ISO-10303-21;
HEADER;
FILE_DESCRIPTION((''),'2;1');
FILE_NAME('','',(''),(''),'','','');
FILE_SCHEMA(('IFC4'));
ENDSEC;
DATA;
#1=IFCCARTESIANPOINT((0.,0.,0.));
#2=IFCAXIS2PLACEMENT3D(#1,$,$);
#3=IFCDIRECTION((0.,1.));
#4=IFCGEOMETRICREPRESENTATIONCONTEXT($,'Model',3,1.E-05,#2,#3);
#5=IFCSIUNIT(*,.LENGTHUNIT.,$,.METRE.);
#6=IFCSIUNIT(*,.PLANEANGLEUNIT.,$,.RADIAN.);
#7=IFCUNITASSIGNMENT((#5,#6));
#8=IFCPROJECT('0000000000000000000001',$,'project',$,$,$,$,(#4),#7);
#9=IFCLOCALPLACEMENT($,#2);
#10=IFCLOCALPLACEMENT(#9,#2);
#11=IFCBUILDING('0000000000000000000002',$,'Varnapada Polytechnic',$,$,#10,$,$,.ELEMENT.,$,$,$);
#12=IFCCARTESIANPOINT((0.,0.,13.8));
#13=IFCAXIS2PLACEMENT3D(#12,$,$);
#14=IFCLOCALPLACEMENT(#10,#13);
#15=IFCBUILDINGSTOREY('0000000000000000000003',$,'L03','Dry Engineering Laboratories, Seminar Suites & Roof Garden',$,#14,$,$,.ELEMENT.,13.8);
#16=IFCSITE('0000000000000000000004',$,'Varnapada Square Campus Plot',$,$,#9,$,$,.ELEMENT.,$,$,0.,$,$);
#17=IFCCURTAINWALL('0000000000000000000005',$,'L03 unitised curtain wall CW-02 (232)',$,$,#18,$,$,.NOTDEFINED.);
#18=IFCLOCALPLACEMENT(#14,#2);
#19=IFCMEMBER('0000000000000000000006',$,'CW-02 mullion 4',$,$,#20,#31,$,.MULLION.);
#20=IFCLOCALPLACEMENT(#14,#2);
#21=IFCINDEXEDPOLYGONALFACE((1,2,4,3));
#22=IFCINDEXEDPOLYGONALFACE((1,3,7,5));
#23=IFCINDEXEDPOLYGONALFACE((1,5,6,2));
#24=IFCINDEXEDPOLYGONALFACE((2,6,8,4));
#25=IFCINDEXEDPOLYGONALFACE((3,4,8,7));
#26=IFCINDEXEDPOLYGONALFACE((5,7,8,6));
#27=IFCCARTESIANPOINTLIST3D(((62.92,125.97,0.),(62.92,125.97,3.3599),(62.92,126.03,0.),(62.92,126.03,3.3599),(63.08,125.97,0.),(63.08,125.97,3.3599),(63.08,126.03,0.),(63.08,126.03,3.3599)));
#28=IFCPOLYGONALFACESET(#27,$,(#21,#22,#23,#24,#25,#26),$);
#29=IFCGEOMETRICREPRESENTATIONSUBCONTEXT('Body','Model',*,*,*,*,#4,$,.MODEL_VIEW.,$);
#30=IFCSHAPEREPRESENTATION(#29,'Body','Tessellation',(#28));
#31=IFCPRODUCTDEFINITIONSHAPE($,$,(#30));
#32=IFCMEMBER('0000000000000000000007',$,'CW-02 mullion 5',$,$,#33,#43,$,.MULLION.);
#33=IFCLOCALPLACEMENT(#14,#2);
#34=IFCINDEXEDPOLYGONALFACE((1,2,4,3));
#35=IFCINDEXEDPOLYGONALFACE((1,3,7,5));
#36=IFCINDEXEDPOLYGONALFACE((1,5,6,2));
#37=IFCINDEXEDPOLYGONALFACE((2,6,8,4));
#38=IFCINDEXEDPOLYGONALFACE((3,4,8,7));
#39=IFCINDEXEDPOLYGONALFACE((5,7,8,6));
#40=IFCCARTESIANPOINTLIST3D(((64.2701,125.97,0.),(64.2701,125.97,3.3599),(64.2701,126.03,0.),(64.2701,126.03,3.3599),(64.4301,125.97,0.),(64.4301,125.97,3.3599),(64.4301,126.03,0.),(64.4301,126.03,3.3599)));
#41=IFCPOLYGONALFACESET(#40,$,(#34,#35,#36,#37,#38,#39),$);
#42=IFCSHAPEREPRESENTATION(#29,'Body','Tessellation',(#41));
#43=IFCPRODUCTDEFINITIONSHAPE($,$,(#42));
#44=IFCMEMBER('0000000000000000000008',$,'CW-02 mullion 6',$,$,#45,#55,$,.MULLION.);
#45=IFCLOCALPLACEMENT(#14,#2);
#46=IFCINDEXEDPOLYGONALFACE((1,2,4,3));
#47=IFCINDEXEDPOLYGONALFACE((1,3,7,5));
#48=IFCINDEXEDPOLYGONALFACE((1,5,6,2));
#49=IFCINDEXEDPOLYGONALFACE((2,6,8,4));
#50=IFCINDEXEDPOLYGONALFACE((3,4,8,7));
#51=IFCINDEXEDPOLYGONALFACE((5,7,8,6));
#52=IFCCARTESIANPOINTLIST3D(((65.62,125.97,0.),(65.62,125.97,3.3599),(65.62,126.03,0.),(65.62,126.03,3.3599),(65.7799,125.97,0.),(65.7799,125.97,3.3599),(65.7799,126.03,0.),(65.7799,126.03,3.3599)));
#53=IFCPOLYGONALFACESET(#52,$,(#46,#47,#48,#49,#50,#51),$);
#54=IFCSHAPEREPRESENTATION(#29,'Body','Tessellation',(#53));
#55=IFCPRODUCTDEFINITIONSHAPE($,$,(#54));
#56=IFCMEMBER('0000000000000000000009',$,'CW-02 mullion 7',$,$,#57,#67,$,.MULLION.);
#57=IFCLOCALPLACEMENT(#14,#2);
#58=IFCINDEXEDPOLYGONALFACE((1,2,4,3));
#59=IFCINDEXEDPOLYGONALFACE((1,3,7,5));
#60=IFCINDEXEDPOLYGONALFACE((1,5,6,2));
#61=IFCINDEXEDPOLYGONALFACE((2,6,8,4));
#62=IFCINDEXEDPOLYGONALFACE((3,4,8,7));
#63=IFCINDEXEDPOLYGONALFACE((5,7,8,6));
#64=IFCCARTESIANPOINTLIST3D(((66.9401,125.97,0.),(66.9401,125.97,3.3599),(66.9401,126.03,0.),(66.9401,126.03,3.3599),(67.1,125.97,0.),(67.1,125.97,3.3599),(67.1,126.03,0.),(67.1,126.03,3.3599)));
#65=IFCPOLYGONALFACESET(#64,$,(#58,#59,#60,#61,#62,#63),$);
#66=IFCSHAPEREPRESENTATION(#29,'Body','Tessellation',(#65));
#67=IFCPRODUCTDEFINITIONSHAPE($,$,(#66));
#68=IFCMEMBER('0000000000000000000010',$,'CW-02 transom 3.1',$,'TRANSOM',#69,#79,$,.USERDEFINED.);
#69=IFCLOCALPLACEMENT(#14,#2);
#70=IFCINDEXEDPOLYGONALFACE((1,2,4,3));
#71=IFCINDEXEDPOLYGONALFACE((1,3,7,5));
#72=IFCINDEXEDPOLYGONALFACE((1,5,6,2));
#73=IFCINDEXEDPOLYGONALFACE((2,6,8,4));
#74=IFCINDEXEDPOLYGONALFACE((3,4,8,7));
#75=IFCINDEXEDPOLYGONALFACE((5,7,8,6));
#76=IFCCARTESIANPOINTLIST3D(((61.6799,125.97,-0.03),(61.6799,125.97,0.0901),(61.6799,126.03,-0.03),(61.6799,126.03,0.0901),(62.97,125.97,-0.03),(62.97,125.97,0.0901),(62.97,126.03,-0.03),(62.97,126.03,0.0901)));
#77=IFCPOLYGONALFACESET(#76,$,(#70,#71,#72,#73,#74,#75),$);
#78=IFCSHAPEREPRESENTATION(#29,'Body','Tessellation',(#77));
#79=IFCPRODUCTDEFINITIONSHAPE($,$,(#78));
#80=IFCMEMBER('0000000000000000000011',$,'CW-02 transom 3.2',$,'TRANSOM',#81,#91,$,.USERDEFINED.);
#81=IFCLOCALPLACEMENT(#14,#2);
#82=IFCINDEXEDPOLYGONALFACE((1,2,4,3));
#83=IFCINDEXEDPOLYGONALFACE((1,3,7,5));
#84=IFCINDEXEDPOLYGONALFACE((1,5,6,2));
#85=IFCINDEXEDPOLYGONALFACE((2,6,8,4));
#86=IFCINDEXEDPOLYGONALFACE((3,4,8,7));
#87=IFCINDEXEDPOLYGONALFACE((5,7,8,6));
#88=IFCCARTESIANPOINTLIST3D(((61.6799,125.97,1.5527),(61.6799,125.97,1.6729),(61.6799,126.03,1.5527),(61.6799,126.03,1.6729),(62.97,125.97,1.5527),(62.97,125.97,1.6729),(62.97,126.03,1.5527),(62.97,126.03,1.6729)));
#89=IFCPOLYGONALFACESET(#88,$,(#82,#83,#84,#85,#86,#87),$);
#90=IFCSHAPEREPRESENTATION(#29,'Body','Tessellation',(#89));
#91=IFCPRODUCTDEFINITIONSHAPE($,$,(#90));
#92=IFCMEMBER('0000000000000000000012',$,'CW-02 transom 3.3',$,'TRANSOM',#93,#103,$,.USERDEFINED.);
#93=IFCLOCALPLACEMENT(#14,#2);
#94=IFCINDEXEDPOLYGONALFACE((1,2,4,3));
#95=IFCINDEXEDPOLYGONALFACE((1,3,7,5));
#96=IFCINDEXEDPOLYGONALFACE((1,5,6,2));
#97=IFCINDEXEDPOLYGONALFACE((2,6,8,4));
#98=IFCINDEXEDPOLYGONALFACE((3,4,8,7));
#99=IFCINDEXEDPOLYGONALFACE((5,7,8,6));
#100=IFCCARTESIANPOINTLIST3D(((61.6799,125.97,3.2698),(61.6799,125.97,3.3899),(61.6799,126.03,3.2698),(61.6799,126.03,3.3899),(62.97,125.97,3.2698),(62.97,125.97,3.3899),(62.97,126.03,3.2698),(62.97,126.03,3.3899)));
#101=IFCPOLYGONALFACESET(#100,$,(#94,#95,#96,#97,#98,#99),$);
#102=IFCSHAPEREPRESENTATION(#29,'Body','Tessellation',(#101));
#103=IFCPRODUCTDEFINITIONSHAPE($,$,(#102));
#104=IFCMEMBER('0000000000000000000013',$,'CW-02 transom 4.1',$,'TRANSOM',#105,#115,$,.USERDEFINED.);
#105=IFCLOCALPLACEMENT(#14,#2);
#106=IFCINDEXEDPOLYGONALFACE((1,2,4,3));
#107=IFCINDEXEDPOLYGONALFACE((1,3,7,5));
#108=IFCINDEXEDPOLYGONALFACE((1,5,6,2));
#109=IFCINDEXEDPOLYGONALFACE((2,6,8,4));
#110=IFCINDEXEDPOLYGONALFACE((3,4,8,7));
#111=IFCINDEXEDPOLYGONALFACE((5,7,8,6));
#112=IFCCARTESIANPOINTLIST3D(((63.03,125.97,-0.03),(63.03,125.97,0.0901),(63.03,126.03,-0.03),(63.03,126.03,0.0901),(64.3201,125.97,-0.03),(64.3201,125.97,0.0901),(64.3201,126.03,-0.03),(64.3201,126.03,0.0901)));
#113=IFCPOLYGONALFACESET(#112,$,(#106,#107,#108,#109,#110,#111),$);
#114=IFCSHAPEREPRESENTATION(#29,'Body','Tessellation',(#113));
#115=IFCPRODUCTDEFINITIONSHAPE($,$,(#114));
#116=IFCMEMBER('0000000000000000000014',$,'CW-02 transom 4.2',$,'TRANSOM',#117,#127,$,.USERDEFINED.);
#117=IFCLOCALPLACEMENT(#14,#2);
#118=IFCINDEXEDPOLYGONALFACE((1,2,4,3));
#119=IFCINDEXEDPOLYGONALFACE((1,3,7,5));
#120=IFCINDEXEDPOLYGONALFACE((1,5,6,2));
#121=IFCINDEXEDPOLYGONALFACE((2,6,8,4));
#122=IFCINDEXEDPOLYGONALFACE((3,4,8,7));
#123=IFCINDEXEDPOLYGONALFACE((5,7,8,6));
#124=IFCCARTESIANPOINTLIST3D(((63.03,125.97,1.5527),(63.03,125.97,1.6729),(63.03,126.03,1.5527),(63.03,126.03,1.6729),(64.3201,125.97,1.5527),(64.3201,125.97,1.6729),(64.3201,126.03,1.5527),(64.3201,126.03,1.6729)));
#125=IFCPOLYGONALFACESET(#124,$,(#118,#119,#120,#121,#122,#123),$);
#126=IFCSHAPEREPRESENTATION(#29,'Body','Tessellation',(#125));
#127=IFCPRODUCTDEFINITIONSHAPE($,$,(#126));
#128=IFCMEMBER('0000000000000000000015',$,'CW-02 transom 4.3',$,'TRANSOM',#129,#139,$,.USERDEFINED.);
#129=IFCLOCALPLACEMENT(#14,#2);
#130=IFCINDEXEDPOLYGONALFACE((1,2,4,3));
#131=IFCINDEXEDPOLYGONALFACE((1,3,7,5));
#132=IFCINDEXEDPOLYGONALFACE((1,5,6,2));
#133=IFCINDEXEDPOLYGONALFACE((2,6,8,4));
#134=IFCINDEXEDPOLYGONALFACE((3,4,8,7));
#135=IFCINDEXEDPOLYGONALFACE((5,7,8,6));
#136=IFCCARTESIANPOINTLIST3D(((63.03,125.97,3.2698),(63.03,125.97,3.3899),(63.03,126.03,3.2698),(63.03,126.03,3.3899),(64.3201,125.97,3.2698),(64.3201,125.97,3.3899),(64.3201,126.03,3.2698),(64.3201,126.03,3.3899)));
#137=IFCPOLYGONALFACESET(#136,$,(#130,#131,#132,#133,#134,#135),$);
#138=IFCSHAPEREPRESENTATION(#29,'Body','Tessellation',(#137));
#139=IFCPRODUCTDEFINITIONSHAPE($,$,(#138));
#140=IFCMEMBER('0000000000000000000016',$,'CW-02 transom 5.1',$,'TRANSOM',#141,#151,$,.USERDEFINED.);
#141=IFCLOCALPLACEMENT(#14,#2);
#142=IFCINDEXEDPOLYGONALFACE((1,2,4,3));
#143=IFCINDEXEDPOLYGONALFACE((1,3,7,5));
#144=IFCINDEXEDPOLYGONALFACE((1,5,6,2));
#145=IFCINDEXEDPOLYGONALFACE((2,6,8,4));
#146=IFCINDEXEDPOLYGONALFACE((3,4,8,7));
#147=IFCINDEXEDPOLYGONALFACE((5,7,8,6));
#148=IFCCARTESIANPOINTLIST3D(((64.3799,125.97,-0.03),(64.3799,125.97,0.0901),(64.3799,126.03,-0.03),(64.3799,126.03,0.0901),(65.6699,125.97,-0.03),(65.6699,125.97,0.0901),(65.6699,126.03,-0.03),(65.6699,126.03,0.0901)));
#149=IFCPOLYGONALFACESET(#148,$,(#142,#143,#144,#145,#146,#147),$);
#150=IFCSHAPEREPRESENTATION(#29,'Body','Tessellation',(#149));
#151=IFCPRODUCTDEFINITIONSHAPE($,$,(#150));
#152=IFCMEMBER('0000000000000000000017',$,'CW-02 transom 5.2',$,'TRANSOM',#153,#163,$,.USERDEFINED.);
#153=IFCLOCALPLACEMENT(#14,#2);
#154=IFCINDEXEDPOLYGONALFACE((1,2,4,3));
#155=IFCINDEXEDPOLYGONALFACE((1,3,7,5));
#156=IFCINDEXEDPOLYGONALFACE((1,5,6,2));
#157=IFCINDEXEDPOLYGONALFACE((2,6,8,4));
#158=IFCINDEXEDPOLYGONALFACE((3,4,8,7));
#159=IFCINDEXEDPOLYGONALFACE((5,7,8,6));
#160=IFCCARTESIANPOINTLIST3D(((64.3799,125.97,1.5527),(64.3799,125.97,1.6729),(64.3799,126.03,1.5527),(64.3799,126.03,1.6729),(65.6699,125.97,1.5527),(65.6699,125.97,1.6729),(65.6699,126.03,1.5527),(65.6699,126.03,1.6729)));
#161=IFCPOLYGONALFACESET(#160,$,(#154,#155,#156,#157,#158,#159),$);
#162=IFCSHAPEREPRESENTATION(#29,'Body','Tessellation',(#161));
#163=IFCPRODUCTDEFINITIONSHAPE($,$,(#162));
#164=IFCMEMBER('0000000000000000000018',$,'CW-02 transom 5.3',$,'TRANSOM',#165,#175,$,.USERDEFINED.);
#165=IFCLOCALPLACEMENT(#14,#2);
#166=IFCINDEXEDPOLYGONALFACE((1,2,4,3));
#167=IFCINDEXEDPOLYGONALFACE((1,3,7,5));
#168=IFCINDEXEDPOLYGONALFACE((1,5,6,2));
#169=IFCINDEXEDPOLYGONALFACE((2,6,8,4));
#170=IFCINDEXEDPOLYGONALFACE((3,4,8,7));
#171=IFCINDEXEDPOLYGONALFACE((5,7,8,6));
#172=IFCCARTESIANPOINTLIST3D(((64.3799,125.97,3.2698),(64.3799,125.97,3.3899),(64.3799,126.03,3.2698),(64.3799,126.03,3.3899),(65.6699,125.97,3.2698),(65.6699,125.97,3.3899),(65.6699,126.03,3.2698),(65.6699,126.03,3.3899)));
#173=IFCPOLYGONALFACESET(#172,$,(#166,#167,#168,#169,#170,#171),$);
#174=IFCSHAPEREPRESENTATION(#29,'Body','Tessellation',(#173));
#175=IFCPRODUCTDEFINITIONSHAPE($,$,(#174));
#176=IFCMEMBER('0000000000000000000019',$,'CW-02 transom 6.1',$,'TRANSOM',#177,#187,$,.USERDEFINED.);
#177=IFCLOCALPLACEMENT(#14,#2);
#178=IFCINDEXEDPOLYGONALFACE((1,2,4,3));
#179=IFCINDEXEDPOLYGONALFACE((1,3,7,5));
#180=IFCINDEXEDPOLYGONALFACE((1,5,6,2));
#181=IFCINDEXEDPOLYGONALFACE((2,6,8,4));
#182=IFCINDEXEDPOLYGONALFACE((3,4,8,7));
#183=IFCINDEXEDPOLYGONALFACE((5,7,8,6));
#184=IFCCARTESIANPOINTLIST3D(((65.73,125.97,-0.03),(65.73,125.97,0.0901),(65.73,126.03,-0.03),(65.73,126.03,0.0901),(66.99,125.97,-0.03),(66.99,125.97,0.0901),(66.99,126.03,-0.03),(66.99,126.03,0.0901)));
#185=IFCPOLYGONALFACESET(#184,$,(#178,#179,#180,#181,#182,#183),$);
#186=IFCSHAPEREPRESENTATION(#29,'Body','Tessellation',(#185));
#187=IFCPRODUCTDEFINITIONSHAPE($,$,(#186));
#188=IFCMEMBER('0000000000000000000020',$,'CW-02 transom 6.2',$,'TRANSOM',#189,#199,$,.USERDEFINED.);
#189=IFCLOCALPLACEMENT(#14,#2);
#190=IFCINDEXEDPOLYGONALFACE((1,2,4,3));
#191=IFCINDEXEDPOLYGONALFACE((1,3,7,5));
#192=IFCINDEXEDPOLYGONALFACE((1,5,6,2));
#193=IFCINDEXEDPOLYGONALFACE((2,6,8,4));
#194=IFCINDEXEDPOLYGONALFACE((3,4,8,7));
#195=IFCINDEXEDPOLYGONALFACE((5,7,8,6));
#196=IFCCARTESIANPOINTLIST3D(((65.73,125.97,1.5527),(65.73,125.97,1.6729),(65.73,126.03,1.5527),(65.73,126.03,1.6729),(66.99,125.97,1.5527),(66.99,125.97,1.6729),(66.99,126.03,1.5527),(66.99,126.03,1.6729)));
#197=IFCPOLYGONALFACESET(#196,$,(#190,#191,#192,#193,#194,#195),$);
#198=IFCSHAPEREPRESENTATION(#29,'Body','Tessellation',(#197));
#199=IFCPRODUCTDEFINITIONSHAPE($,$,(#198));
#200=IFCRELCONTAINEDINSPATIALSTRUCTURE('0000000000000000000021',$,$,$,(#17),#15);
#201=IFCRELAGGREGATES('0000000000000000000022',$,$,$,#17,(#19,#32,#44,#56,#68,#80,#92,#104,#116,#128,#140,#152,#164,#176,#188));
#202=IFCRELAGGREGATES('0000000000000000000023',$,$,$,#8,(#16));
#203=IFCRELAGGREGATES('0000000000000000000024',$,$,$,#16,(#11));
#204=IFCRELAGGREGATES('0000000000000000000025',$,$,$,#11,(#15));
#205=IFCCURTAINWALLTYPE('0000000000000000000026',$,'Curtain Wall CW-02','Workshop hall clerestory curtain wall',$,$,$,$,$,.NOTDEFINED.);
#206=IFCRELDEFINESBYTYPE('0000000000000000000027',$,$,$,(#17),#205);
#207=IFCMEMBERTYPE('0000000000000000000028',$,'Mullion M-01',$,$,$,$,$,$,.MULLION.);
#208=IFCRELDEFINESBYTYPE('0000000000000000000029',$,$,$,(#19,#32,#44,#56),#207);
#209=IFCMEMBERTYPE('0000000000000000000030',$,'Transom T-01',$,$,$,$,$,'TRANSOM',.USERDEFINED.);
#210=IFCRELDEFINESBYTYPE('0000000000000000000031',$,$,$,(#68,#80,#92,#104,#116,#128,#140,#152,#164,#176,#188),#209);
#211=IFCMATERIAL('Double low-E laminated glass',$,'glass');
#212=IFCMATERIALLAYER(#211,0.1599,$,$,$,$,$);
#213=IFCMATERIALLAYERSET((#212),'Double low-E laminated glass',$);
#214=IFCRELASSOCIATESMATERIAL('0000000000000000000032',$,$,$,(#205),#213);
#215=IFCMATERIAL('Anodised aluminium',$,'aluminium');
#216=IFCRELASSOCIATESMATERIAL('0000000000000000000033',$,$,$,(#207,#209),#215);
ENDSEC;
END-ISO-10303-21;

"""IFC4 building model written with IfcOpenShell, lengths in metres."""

from ifc_helpers import new_model, si_unit, direction, frame, origin, origin_2d, place, context, subcontext, project, spatial, rectangle, extrude, material, layer, layer_set, material_profile, profile_set, type_object, element, aggregate, save


model = new_model("IFC4")

# Units and contexts
model_context = context("Model", 3, precision=1e-05, world=origin(), true_north=direction((0.0, 1.0)))
body_context = subcontext(model_context, "Body", "Model", "MODEL_VIEW")
ifc_project = project(units=[si_unit("LENGTHUNIT", "METRE"), si_unit("PLANEANGLEUNIT", "RADIAN")], contexts=[model_context])

# Site, building, storey
site_placement = place(None, origin())
site = spatial("IfcSite", under=ifc_project, at=site_placement, Name="Varnapada Square Campus Plot", CompositionType="ELEMENT", RefElevation=0.0)
building_placement = place(site_placement, origin())
building = spatial("IfcBuilding", under=site, at=building_placement, Name="Varnapada Polytechnic", CompositionType="ELEMENT")
storey_placement = place(building_placement, frame((0.0, 0.0, 13.8)))
storey = spatial("IfcBuildingStorey", under=building, at=storey_placement, Name="L03", Description="Dry Engineering Laboratories, Seminar Suites & Roof Garden", CompositionType="ELEMENT", Elevation=13.8)

# Curtain wall, members
ifc_material_1 = material(Name="Double low-E laminated glass", Category="glass")
ifc_layer_1 = layer(ifc_material_1, 0.1599)
ifc_layer_set_1 = layer_set([ifc_layer_1], Name="Double low-E laminated glass")
curtain_wall_type = type_object("IfcCurtainWallType", Name="Curtain Wall CW-02", Description="Workshop hall clerestory curtain wall", PredefinedType="NOTDEFINED", material=ifc_layer_set_1)
curtain_wall_placement = place(storey_placement, origin())
curtain_wall = element("IfcCurtainWall", 1, at=curtain_wall_placement, inside=storey, type_object=curtain_wall_type, Name="L03 unitised curtain wall CW-02 (232)", PredefinedType="NOTDEFINED")
ifc_material_2 = material(Name="Anodised aluminium", Category="aluminium")
ifc_material_profile_1 = material_profile(ifc_material_2, rectangle(XDim=0.0601, YDim=0.1599, at=origin_2d()), Name="ALU M60x160")
ifc_profile_set_1 = profile_set([ifc_material_profile_1], Name="Anodised aluminium")
member_type_1 = type_object("IfcMemberType", Name="Mullion M-01", PredefinedType="MULLION", material=ifc_profile_set_1)
member_1_placement = place(storey_placement, frame((63.0, 126.0, 0.0), z_axis=(0.0, 0.0, 1.0), x_axis=(0.0, 1.0, 0.0)))
member_1 = element("IfcMember", 2, at=member_1_placement, type_object=member_type_1, Name="CW-02 mullion 4", PredefinedType="MULLION", context=body_context, shape_type="SweptSolid", body=[
    extrude(rectangle(XDim=0.0601, YDim=0.1599, at=origin_2d()), origin(), (0.0, 0.0, 1.0), 3.3599),
])
member_2_placement = place(storey_placement, frame((64.3501, 126.0, 0.0), z_axis=(0.0, 0.0, 1.0), x_axis=(0.0, 1.0, 0.0)))
member_2 = element("IfcMember", 3, at=member_2_placement, type_object=member_type_1, Name="CW-02 mullion 5", PredefinedType="MULLION", context=body_context, shape_type="SweptSolid", body=[
    extrude(rectangle(XDim=0.0601, YDim=0.1599, at=origin_2d()), origin(), (0.0, 0.0, 1.0), 3.3599),
])
member_3_placement = place(storey_placement, frame((65.7, 126.0, 0.0), z_axis=(0.0, 0.0, 1.0), x_axis=(0.0, 1.0, 0.0)))
member_3 = element("IfcMember", 4, at=member_3_placement, type_object=member_type_1, Name="CW-02 mullion 6", PredefinedType="MULLION", context=body_context, shape_type="SweptSolid", body=[
    extrude(rectangle(XDim=0.0601, YDim=0.1599, at=origin_2d()), origin(), (0.0, 0.0, 1.0), 3.3599),
])
member_4_placement = place(storey_placement, frame((67.02, 126.0, 0.0), z_axis=(0.0, 0.0, 1.0), x_axis=(0.0, 1.0, 0.0)))
member_4 = element("IfcMember", 5, at=member_4_placement, type_object=member_type_1, Name="CW-02 mullion 7", PredefinedType="MULLION", context=body_context, shape_type="SweptSolid", body=[
    extrude(rectangle(XDim=0.0601, YDim=0.1599, at=origin_2d()), origin(), (0.0, 0.0, 1.0), 3.3599),
])
ifc_material_profile_2 = material_profile(ifc_material_2, rectangle(XDim=0.0601, YDim=0.1201, at=origin_2d()), Name="ALU T60x120")
ifc_profile_set_2 = profile_set([ifc_material_profile_2], Name="Anodised aluminium")
member_type_2 = type_object("IfcMemberType", Name="Transom T-01", ElementType="TRANSOM", PredefinedType="USERDEFINED", material=ifc_profile_set_2)
member_5_placement = place(storey_placement, frame((61.6799, 126.0, 0.03), z_axis=(1.0, 0.0, 0.0), x_axis=(0.0, 1.0, 0.0)))
member_5 = element("IfcMember", 6, at=member_5_placement, type_object=member_type_2, Name="CW-02 transom 3.1", ObjectType="TRANSOM", PredefinedType="USERDEFINED", context=body_context, shape_type="SweptSolid", body=[
    extrude(rectangle(XDim=0.0601, YDim=0.1201, at=origin_2d()), origin(), (0.0, 0.0, 1.0), 1.29),
])
member_6_placement = place(storey_placement, frame((61.6799, 126.0, 1.6128), z_axis=(1.0, 0.0, 0.0), x_axis=(0.0, 1.0, 0.0)))
member_6 = element("IfcMember", 7, at=member_6_placement, type_object=member_type_2, Name="CW-02 transom 3.2", ObjectType="TRANSOM", PredefinedType="USERDEFINED", context=body_context, shape_type="SweptSolid", body=[
    extrude(rectangle(XDim=0.0601, YDim=0.1201, at=origin_2d()), origin(), (0.0, 0.0, 1.0), 1.29),
])
member_7_placement = place(storey_placement, frame((61.6799, 126.0, 3.3298), z_axis=(1.0, 0.0, 0.0), x_axis=(0.0, 1.0, 0.0)))
member_7 = element("IfcMember", 8, at=member_7_placement, type_object=member_type_2, Name="CW-02 transom 3.3", ObjectType="TRANSOM", PredefinedType="USERDEFINED", context=body_context, shape_type="SweptSolid", body=[
    extrude(rectangle(XDim=0.0601, YDim=0.1201, at=origin_2d()), origin(), (0.0, 0.0, 1.0), 1.29),
])
member_8_placement = place(storey_placement, frame((63.03, 126.0, 0.03), z_axis=(1.0, 0.0, 0.0), x_axis=(0.0, 1.0, 0.0)))
member_8 = element("IfcMember", 9, at=member_8_placement, type_object=member_type_2, Name="CW-02 transom 4.1", ObjectType="TRANSOM", PredefinedType="USERDEFINED", context=body_context, shape_type="SweptSolid", body=[
    extrude(rectangle(XDim=0.0601, YDim=0.1201, at=origin_2d()), origin(), (0.0, 0.0, 1.0), 1.29),
])
member_9_placement = place(storey_placement, frame((63.03, 126.0, 1.6128), z_axis=(1.0, 0.0, 0.0), x_axis=(0.0, 1.0, 0.0)))
member_9 = element("IfcMember", 10, at=member_9_placement, type_object=member_type_2, Name="CW-02 transom 4.2", ObjectType="TRANSOM", PredefinedType="USERDEFINED", context=body_context, shape_type="SweptSolid", body=[
    extrude(rectangle(XDim=0.0601, YDim=0.1201, at=origin_2d()), origin(), (0.0, 0.0, 1.0), 1.29),
])
member_10_placement = place(storey_placement, frame((63.03, 126.0, 3.3298), z_axis=(1.0, 0.0, 0.0), x_axis=(0.0, 1.0, 0.0)))
member_10 = element("IfcMember", 11, at=member_10_placement, type_object=member_type_2, Name="CW-02 transom 4.3", ObjectType="TRANSOM", PredefinedType="USERDEFINED", context=body_context, shape_type="SweptSolid", body=[
    extrude(rectangle(XDim=0.0601, YDim=0.1201, at=origin_2d()), origin(), (0.0, 0.0, 1.0), 1.29),
])
member_11_placement = place(storey_placement, frame((64.3799, 126.0, 0.03), z_axis=(1.0, 0.0, 0.0), x_axis=(0.0, 1.0, 0.0)))
member_11 = element("IfcMember", 12, at=member_11_placement, type_object=member_type_2, Name="CW-02 transom 5.1", ObjectType="TRANSOM", PredefinedType="USERDEFINED", context=body_context, shape_type="SweptSolid", body=[
    extrude(rectangle(XDim=0.0601, YDim=0.1201, at=origin_2d()), origin(), (0.0, 0.0, 1.0), 1.29),
])
member_12_placement = place(storey_placement, frame((64.3799, 126.0, 1.6128), z_axis=(1.0, 0.0, 0.0), x_axis=(0.0, 1.0, 0.0)))
member_12 = element("IfcMember", 13, at=member_12_placement, type_object=member_type_2, Name="CW-02 transom 5.2", ObjectType="TRANSOM", PredefinedType="USERDEFINED", context=body_context, shape_type="SweptSolid", body=[
    extrude(rectangle(XDim=0.0601, YDim=0.1201, at=origin_2d()), origin(), (0.0, 0.0, 1.0), 1.29),
])
member_13_placement = place(storey_placement, frame((64.3799, 126.0, 3.3298), z_axis=(1.0, 0.0, 0.0), x_axis=(0.0, 1.0, 0.0)))
member_13 = element("IfcMember", 14, at=member_13_placement, type_object=member_type_2, Name="CW-02 transom 5.3", ObjectType="TRANSOM", PredefinedType="USERDEFINED", context=body_context, shape_type="SweptSolid", body=[
    extrude(rectangle(XDim=0.0601, YDim=0.1201, at=origin_2d()), origin(), (0.0, 0.0, 1.0), 1.29),
])
member_14_placement = place(storey_placement, frame((65.73, 126.0, 0.03), z_axis=(1.0, 0.0, 0.0), x_axis=(0.0, 1.0, 0.0)))
member_14 = element("IfcMember", 15, at=member_14_placement, type_object=member_type_2, Name="CW-02 transom 6.1", ObjectType="TRANSOM", PredefinedType="USERDEFINED", context=body_context, shape_type="SweptSolid", body=[
    extrude(rectangle(XDim=0.0601, YDim=0.1201, at=origin_2d()), origin(), (0.0, 0.0, 1.0), 1.26),
])
member_15_placement = place(storey_placement, frame((65.73, 126.0, 1.6128), z_axis=(1.0, 0.0, 0.0), x_axis=(0.0, 1.0, 0.0)))
member_15 = element("IfcMember", 16, at=member_15_placement, type_object=member_type_2, Name="CW-02 transom 6.2", ObjectType="TRANSOM", PredefinedType="USERDEFINED", context=body_context, shape_type="SweptSolid", body=[
    extrude(rectangle(XDim=0.0601, YDim=0.1201, at=origin_2d()), origin(), (0.0, 0.0, 1.0), 1.26),
])
aggregate(curtain_wall, [member_1, member_2, member_3, member_4, member_5, member_6, member_7, member_8, member_9, member_10, member_11, member_12, member_13, member_14, member_15])

save(model, "model.ifc")
